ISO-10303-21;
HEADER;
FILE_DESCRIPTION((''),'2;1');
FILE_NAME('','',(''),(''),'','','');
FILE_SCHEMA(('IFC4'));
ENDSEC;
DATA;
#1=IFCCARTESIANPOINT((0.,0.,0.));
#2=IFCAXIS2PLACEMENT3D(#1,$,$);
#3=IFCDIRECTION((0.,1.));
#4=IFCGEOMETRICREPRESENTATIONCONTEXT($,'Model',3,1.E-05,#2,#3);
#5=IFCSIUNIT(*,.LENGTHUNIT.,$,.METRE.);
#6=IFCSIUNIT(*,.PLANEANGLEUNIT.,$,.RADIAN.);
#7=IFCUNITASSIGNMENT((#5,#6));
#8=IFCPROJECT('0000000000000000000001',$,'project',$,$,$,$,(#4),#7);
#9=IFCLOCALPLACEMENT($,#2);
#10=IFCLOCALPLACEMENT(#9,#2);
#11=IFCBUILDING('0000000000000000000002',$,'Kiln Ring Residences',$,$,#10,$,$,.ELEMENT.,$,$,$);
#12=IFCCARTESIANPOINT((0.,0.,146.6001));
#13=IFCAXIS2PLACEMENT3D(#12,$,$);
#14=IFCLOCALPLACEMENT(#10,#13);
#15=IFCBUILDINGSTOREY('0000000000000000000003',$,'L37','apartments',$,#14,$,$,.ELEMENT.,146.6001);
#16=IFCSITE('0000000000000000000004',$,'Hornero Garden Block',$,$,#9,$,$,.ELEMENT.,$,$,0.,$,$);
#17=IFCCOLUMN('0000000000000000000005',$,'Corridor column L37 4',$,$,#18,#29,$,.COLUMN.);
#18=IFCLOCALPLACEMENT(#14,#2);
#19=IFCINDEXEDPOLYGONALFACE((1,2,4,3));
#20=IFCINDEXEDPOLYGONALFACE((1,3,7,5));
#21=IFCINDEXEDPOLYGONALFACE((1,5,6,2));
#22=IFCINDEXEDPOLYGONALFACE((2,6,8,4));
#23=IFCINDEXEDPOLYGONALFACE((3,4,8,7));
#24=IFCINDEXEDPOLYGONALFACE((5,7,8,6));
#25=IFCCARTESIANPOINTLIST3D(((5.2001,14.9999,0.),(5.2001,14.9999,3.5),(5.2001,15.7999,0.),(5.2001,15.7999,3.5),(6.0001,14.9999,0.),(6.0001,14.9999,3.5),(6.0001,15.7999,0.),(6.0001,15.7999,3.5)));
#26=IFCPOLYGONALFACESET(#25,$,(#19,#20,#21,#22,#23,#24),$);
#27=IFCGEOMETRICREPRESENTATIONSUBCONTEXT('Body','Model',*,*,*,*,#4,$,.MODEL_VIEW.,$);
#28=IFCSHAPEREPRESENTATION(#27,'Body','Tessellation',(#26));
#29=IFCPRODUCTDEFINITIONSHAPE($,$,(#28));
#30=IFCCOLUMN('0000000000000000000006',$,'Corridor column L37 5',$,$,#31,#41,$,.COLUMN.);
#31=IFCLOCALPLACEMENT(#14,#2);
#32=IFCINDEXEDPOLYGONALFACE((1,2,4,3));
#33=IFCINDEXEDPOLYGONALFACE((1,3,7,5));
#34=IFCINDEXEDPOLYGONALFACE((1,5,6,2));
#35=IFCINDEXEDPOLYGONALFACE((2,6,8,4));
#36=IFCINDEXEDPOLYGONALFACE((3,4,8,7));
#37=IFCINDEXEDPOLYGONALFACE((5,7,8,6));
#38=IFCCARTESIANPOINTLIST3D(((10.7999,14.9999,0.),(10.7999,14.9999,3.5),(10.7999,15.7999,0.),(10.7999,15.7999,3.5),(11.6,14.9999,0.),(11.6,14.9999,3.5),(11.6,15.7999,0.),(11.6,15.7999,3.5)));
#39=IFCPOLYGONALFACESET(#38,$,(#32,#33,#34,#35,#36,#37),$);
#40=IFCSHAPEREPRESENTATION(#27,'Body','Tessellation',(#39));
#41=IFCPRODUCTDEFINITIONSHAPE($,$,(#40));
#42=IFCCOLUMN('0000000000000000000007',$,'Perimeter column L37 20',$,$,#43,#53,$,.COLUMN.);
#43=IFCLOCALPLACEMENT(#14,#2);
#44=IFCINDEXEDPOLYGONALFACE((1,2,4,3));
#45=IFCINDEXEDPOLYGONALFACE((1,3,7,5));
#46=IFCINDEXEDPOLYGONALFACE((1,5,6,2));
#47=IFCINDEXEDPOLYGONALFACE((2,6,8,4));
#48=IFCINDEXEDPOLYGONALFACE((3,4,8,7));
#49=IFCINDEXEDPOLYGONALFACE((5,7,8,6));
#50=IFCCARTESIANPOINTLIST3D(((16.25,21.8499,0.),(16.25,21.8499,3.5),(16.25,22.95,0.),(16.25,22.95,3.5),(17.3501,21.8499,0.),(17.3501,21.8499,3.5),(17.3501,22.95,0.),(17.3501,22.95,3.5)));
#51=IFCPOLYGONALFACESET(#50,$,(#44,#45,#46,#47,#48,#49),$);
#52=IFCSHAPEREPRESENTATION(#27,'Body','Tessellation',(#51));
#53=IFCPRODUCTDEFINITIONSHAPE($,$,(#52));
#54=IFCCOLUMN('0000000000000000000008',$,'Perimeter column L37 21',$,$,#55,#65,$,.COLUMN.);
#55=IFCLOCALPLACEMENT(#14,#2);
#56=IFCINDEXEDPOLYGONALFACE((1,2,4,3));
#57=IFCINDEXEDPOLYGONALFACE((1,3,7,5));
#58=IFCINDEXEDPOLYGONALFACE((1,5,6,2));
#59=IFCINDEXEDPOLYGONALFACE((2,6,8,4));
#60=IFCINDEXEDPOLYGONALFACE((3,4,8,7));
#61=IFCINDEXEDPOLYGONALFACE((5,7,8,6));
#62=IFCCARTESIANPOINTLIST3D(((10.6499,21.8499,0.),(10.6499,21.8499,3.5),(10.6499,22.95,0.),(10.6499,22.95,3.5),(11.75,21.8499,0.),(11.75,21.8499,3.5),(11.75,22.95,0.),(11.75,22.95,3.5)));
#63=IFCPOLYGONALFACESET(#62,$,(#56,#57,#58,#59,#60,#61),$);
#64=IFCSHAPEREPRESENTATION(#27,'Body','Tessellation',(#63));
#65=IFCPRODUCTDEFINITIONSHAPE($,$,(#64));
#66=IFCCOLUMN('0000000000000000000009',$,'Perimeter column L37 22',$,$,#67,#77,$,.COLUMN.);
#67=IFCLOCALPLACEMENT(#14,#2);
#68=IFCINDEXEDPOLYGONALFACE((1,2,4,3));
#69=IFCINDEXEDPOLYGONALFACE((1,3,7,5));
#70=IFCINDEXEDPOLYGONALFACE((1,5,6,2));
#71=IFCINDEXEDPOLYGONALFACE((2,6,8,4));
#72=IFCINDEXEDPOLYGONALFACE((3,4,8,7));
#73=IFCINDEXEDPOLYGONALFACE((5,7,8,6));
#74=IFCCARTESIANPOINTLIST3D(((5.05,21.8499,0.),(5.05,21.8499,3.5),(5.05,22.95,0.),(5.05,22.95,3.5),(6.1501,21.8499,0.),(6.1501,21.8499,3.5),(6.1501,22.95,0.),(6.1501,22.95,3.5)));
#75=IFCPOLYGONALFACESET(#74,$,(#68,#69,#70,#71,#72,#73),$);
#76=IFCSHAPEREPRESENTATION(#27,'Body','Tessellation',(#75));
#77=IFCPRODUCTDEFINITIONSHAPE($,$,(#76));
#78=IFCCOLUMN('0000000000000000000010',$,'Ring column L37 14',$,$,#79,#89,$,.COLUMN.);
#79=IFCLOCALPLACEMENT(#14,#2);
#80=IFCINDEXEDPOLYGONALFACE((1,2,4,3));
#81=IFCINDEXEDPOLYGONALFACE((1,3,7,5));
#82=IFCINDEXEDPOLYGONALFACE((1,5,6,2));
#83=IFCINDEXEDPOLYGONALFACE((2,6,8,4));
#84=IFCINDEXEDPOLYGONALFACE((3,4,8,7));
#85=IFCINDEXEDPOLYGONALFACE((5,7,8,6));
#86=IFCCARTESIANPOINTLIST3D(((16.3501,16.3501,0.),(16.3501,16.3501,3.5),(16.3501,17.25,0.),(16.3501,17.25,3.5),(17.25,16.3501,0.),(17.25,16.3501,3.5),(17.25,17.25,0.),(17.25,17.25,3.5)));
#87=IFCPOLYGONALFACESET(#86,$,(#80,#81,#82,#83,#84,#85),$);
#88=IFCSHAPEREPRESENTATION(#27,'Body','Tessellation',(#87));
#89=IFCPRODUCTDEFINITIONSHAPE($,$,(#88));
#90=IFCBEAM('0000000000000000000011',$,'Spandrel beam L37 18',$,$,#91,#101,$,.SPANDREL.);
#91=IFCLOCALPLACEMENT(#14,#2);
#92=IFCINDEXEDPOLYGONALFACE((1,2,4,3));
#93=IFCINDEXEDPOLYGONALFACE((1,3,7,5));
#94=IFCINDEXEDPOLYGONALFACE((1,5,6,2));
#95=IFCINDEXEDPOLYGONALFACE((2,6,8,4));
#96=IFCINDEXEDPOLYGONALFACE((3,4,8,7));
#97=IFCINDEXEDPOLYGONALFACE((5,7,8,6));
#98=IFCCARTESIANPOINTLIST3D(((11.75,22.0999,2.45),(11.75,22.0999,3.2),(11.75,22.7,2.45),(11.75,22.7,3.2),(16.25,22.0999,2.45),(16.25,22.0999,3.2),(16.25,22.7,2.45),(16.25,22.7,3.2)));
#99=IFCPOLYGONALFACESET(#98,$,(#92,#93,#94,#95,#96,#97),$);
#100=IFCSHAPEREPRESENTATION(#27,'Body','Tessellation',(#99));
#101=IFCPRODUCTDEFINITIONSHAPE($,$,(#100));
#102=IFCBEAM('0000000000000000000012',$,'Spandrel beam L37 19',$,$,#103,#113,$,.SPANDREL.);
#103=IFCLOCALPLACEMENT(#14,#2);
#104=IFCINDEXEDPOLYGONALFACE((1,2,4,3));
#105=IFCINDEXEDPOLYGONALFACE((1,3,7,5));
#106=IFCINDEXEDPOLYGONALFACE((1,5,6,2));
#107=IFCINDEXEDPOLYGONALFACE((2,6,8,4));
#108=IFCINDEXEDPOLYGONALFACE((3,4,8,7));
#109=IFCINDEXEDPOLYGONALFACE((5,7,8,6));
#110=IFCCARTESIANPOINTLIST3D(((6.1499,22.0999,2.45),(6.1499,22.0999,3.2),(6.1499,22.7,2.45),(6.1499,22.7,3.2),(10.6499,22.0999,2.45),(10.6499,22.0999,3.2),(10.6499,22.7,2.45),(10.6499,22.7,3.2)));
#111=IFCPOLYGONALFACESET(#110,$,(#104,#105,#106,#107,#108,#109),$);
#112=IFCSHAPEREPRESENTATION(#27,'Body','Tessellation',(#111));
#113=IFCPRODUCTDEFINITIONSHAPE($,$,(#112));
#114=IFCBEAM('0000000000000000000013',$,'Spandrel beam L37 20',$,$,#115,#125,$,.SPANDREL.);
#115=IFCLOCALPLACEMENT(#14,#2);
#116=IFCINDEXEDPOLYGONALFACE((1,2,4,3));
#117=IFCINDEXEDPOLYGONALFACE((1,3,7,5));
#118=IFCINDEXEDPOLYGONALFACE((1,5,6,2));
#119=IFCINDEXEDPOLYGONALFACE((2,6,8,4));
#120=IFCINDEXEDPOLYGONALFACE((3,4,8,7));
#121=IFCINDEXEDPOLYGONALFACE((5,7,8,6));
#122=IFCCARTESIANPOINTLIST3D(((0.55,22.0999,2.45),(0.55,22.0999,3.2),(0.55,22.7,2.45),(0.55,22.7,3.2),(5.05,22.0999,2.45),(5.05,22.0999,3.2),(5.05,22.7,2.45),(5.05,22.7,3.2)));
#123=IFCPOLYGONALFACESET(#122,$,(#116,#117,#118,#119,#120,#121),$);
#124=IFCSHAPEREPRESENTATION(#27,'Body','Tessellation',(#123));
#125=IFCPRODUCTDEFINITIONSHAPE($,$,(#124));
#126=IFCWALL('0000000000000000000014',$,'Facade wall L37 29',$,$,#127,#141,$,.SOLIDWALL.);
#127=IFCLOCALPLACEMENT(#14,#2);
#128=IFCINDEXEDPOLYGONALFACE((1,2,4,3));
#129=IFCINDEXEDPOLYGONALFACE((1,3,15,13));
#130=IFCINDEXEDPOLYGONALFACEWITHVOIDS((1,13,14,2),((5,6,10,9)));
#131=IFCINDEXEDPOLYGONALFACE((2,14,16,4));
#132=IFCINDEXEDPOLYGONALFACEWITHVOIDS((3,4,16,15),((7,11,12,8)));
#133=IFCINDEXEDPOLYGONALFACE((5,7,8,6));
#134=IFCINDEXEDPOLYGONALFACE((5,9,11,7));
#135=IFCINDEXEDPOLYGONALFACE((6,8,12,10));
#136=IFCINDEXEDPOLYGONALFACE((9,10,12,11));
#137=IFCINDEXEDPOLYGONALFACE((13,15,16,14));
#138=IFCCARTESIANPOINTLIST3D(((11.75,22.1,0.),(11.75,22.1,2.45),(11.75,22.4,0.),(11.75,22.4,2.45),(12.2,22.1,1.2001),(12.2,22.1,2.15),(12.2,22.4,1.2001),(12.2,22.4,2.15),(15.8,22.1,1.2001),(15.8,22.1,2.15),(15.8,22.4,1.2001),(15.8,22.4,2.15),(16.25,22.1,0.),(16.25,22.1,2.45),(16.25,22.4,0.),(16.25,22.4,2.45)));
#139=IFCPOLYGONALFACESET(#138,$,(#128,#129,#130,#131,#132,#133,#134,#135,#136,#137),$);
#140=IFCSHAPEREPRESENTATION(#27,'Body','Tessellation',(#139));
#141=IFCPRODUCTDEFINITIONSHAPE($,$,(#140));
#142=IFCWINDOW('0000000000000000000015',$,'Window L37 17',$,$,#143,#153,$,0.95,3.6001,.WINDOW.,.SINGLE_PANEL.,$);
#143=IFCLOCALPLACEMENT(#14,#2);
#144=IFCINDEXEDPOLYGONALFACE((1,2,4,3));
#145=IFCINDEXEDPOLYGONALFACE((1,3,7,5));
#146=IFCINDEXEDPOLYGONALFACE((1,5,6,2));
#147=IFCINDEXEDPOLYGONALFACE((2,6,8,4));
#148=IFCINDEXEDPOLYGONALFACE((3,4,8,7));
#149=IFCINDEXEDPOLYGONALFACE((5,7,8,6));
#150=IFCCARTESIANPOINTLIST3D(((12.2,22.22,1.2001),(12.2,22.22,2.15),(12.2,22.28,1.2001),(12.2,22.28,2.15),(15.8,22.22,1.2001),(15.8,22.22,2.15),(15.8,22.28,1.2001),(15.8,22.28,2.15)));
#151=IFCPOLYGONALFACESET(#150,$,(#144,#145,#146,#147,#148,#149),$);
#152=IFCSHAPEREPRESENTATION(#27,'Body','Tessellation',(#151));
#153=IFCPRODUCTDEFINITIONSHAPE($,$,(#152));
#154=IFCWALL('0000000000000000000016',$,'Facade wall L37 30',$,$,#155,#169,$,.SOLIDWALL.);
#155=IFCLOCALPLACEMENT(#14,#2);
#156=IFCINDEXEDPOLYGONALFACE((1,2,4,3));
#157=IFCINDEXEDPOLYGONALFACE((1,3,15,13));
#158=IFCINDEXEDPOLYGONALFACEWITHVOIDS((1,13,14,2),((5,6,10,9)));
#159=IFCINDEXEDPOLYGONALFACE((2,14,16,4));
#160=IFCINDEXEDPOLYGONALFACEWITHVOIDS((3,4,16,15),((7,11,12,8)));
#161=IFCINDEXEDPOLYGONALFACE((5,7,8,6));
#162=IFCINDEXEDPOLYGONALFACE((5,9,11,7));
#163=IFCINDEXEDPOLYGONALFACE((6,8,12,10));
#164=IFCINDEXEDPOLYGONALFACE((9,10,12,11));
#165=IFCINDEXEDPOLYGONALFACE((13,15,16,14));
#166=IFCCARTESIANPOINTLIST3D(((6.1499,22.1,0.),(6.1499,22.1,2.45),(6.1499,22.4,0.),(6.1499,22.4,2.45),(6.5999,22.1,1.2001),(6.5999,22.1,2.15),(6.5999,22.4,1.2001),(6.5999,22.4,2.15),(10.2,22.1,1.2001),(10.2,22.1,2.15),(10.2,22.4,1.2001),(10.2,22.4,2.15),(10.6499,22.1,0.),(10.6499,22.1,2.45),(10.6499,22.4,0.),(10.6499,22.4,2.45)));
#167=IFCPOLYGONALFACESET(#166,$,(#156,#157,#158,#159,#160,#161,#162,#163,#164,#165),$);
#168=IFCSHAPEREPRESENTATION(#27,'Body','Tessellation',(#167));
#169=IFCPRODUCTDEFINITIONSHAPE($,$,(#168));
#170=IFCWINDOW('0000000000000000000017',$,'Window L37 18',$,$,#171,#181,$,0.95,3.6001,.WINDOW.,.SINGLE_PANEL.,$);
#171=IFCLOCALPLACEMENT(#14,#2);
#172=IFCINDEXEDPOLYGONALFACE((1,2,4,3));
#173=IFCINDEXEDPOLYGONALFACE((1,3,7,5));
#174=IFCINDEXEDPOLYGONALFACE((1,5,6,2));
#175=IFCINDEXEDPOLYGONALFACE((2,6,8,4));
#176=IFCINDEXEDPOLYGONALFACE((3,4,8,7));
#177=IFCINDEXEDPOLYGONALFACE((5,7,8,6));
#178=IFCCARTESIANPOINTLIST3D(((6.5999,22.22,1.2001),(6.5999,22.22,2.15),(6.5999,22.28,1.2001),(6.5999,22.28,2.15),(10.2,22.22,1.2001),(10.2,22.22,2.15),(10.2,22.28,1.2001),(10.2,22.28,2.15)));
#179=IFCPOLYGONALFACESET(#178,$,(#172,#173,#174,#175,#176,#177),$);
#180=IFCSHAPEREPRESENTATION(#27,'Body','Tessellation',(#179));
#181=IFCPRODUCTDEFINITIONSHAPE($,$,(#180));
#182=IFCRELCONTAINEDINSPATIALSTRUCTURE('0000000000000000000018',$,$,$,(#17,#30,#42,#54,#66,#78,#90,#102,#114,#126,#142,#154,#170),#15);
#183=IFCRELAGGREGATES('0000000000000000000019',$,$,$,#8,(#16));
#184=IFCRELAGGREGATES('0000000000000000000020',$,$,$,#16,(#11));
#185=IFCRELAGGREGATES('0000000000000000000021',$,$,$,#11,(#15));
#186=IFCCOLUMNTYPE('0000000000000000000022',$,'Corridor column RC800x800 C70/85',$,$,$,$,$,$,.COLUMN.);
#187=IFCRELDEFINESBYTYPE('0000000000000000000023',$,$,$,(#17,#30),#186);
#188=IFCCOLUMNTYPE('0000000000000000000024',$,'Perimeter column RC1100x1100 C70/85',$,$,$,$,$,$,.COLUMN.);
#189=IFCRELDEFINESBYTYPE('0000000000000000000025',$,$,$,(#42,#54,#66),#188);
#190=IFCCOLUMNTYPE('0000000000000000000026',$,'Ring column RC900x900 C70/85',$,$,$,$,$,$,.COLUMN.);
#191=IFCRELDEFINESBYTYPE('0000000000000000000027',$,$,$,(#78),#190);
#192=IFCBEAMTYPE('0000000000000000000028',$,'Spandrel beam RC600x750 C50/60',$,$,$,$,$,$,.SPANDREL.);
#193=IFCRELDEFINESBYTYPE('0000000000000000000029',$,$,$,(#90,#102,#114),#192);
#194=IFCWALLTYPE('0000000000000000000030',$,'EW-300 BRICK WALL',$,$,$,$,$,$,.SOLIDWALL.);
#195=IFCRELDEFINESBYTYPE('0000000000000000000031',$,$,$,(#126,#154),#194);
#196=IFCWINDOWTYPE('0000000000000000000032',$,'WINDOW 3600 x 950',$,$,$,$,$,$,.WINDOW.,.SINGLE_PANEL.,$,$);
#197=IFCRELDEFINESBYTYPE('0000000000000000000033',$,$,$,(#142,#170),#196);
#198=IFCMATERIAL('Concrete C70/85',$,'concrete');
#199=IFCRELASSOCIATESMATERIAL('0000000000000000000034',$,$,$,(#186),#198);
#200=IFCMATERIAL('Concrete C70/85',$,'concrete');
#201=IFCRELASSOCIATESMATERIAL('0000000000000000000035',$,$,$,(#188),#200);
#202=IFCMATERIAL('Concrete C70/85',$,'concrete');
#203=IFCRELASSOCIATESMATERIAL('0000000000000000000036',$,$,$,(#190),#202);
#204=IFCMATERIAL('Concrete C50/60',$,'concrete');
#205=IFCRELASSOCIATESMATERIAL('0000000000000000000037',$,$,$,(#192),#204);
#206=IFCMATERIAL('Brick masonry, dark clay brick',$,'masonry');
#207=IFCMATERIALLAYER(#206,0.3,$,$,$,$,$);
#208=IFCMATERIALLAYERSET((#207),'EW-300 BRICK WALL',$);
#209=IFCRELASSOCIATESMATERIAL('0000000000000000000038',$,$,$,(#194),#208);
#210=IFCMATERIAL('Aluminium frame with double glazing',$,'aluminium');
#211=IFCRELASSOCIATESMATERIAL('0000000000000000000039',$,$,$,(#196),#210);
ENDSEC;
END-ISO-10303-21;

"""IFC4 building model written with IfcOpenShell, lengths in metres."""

from ifc_helpers import new_model, si_unit, direction, frame, frame_2d, origin, origin_2d, place, context, subcontext, project, spatial, rectangle, extrude, material, layer, layer_set, material_profile, profile_set, type_object, element, fill, save


model = new_model("IFC4")

# Units and contexts
model_context = context("Model", 3, precision=1e-05, world=origin(), true_north=direction((0.0, 1.0)))
body_context = subcontext(model_context, "Body", "Model", "MODEL_VIEW")
ifc_project = project(units=[si_unit("LENGTHUNIT", "METRE"), si_unit("PLANEANGLEUNIT", "RADIAN")], contexts=[model_context])

# Site, building, storey
site_placement = place(None, origin())
site = spatial("IfcSite", under=ifc_project, at=site_placement, Name="Hornero Garden Block", CompositionType="ELEMENT", RefElevation=0.0)
building_placement = place(site_placement, origin())
building = spatial("IfcBuilding", under=site, at=building_placement, Name="Kiln Ring Residences", CompositionType="ELEMENT")
storey_placement = place(building_placement, frame((0.0, 0.0, 146.6001)))
storey = spatial("IfcBuildingStorey", under=building, at=storey_placement, Name="L37", Description="apartments", CompositionType="ELEMENT", Elevation=146.6001)

# Columns
ifc_material_1 = material(Name="Concrete C70/85", Category="concrete")
ifc_material_profile_1 = material_profile(ifc_material_1, rectangle(XDim=0.8, YDim=0.8, at=origin_2d()), Name="RC800x800")
ifc_profile_set_1 = profile_set([ifc_material_profile_1], Name="Concrete C70/85")
column_type_1 = type_object("IfcColumnType", Name="Corridor column RC800x800 C70/85", PredefinedType="COLUMN", material=ifc_profile_set_1)
for number, where, z_axis, x_axis, name in (
    (1, (5.6001, 15.3999, 0.0), (0.0, 0.0, 1.0), (1.0, 0.0, 0.0), "Corridor column L37 4"),
    (2, (11.2, 15.3999, 0.0), (0.0, 0.0, 1.0), (1.0, 0.0, 0.0), "Corridor column L37 5"),
):
    element("IfcColumn", number, at=place(storey_placement, frame(where, z_axis=z_axis, x_axis=x_axis)), inside=storey, type_object=column_type_1, Name=name, PredefinedType="COLUMN", context=body_context, shape_type="SweptSolid", body=[
        extrude(rectangle(XDim=0.8, YDim=0.8, at=origin_2d()), origin(), (0.0, 0.0, 1.0), 3.5),
    ])
ifc_material_2 = material(Name="Concrete C70/85", Category="concrete")
ifc_material_profile_2 = material_profile(ifc_material_2, rectangle(XDim=1.1001, YDim=1.1001, at=origin_2d()), Name="RC1100x1100")
ifc_profile_set_2 = profile_set([ifc_material_profile_2], Name="Concrete C70/85")
column_type_2 = type_object("IfcColumnType", Name="Perimeter column RC1100x1100 C70/85", PredefinedType="COLUMN", material=ifc_profile_set_2)
for number, where, z_axis, x_axis, name in (
    (3, (16.8, 22.3999, 0.0), (0.0, 0.0, 1.0), (1.0, 0.0, 0.0), "Perimeter column L37 20"),
    (4, (11.2, 22.3999, 0.0), (0.0, 0.0, 1.0), (1.0, 0.0, 0.0), "Perimeter column L37 21"),
    (5, (5.6001, 22.3999, 0.0), (0.0, 0.0, 1.0), (1.0, 0.0, 0.0), "Perimeter column L37 22"),
):
    element("IfcColumn", number, at=place(storey_placement, frame(where, z_axis=z_axis, x_axis=x_axis)), inside=storey, type_object=column_type_2, Name=name, PredefinedType="COLUMN", context=body_context, shape_type="SweptSolid", body=[
        extrude(rectangle(XDim=1.1001, YDim=1.1001, at=origin_2d()), origin(), (0.0, 0.0, 1.0), 3.5),
    ])
ifc_material_3 = material(Name="Concrete C70/85", Category="concrete")
ifc_material_profile_3 = material_profile(ifc_material_3, rectangle(XDim=0.8999, YDim=0.8999, at=origin_2d()), Name="RC900x900")
ifc_profile_set_3 = profile_set([ifc_material_profile_3], Name="Concrete C70/85")
column_type_3 = type_object("IfcColumnType", Name="Ring column RC900x900 C70/85", PredefinedType="COLUMN", material=ifc_profile_set_3)
column_placement = place(storey_placement, frame((16.8, 16.8, 0.0), z_axis=(0.0, 0.0, 1.0), x_axis=(1.0, 0.0, 0.0)))
element("IfcColumn", 6, at=column_placement, inside=storey, type_object=column_type_3, Name="Ring column L37 14", PredefinedType="COLUMN", context=body_context, shape_type="SweptSolid", body=[
    extrude(rectangle(XDim=0.8999, YDim=0.8999, at=origin_2d()), origin(), (0.0, 0.0, 1.0), 3.5),
])

# Beams
ifc_material_4 = material(Name="Concrete C50/60", Category="concrete")
ifc_material_profile_4 = material_profile(ifc_material_4, rectangle(XDim=0.6001, YDim=0.75, at=origin_2d()), Name="RC600x750")
ifc_profile_set_4 = profile_set([ifc_material_profile_4], Name="Concrete C50/60")
beam_type = type_object("IfcBeamType", Name="Spandrel beam RC600x750 C50/60", PredefinedType="SPANDREL", material=ifc_profile_set_4)
for number, where, z_axis, x_axis, name in (
    (7, (16.25, 22.3999, 2.825), (-1.0, 0.0, 0.0), (0.0, -1.0, 0.0), "Spandrel beam L37 18"),
    (8, (10.6499, 22.3999, 2.825), (-1.0, 0.0, 0.0), (0.0, -1.0, 0.0), "Spandrel beam L37 19"),
    (9, (5.05, 22.3999, 2.825), (-1.0, 0.0, 0.0), (0.0, -1.0, 0.0), "Spandrel beam L37 20"),
):
    element("IfcBeam", number, at=place(storey_placement, frame(where, z_axis=z_axis, x_axis=x_axis)), inside=storey, type_object=beam_type, Name=name, PredefinedType="SPANDREL", context=body_context, shape_type="SweptSolid", body=[
        extrude(rectangle(XDim=0.6001, YDim=0.75, at=origin_2d()), origin(), (0.0, 0.0, 1.0), 4.5),
    ])

# Walls, openings, windows
ifc_material_5 = material(Name="Brick masonry, dark clay brick", Category="masonry")
ifc_layer_1 = layer(ifc_material_5, 0.3)
ifc_layer_set_1 = layer_set([ifc_layer_1], Name="EW-300 BRICK WALL")
wall_type_1 = type_object("IfcWallType", Name="EW-300 BRICK WALL", PredefinedType="SOLIDWALL", material=ifc_layer_set_1)
wall_1_placement = place(storey_placement, frame((16.25, 22.25, 0.0), z_axis=(0.0, 0.0, 1.0), x_axis=(-1.0, 0.0, 0.0)))
wall_1 = element("IfcWall", 10, at=wall_1_placement, inside=storey, type_object=wall_type_1, Name="Facade wall L37 29", PredefinedType="SOLIDWALL", context=body_context, shape_type="SweptSolid", body=[
    extrude(rectangle(XDim=4.5, YDim=0.3, at=frame_2d((2.25, 0.0))), origin(), (0.0, 0.0, 1.0), 2.45),
])
opening_1_placement = place(wall_1_placement, frame((0.45, 0.0, 1.2)))
opening_1 = element("IfcOpeningElement", 11, at=opening_1_placement, cuts=wall_1, PredefinedType="OPENING", context=body_context, shape_type="SweptSolid", body=[
    extrude(rectangle(XDim=3.6001, YDim=0.95, at=frame_2d((1.8, 0.4751))), frame((0.0, 0.1599, 0.0), z_axis=(0.0, -1.0, 0.0), x_axis=(1.0, 0.0, 0.0)), (0.0, 0.0, 1.0), 0.3201),
])
ifc_material_6 = material(Name="Aluminium frame with double glazing", Category="aluminium")
window_type = type_object("IfcWindowType", Name="WINDOW 3600 x 950", PartitioningType="SINGLE_PANEL", PredefinedType="WINDOW", material=ifc_material_6)
window_1_placement = place(opening_1_placement, origin())
window_1 = element("IfcWindow", 12, at=window_1_placement, inside=storey, type_object=window_type, Name="Window L37 17", OverallHeight=0.95, OverallWidth=3.6001, PartitioningType="SINGLE_PANEL", PredefinedType="WINDOW", context=body_context, shape_type="SweptSolid", body=[
    extrude(rectangle(XDim=3.6001, YDim=0.95, at=frame_2d((1.8, 0.4751))), frame((0.0, 0.03, 0.0), z_axis=(0.0, -1.0, 0.0), x_axis=(1.0, 0.0, 0.0)), (0.0, 0.0, 1.0), 0.0601),
])
fill(opening_1, window_1)
wall_2_placement = place(storey_placement, frame((10.6499, 22.25, 0.0), z_axis=(0.0, 0.0, 1.0), x_axis=(-1.0, 0.0, 0.0)))
wall_2 = element("IfcWall", 13, at=wall_2_placement, inside=storey, type_object=wall_type_1, Name="Facade wall L37 30", PredefinedType="SOLIDWALL", context=body_context, shape_type="SweptSolid", body=[
    extrude(rectangle(XDim=4.5, YDim=0.3, at=frame_2d((2.25, 0.0))), origin(), (0.0, 0.0, 1.0), 2.45),
])
opening_2_placement = place(wall_2_placement, frame((0.45, 0.0, 1.2)))
opening_2 = element("IfcOpeningElement", 14, at=opening_2_placement, cuts=wall_2, PredefinedType="OPENING", context=body_context, shape_type="SweptSolid", body=[
    extrude(rectangle(XDim=3.6001, YDim=0.95, at=frame_2d((1.8, 0.4751))), frame((0.0, 0.1599, 0.0), z_axis=(0.0, -1.0, 0.0), x_axis=(1.0, 0.0, 0.0)), (0.0, 0.0, 1.0), 0.3201),
])
window_2_placement = place(opening_2_placement, origin())
window_2 = element("IfcWindow", 15, at=window_2_placement, inside=storey, type_object=window_type, Name="Window L37 18", OverallHeight=0.95, OverallWidth=3.6001, PartitioningType="SINGLE_PANEL", PredefinedType="WINDOW", context=body_context, shape_type="SweptSolid", body=[
    extrude(rectangle(XDim=3.6001, YDim=0.95, at=frame_2d((1.8, 0.4751))), frame((0.0, 0.03, 0.0), z_axis=(0.0, -1.0, 0.0), x_axis=(1.0, 0.0, 0.0)), (0.0, 0.0, 1.0), 0.0601),
])
fill(opening_2, window_2)

save(model, "model.ifc")
